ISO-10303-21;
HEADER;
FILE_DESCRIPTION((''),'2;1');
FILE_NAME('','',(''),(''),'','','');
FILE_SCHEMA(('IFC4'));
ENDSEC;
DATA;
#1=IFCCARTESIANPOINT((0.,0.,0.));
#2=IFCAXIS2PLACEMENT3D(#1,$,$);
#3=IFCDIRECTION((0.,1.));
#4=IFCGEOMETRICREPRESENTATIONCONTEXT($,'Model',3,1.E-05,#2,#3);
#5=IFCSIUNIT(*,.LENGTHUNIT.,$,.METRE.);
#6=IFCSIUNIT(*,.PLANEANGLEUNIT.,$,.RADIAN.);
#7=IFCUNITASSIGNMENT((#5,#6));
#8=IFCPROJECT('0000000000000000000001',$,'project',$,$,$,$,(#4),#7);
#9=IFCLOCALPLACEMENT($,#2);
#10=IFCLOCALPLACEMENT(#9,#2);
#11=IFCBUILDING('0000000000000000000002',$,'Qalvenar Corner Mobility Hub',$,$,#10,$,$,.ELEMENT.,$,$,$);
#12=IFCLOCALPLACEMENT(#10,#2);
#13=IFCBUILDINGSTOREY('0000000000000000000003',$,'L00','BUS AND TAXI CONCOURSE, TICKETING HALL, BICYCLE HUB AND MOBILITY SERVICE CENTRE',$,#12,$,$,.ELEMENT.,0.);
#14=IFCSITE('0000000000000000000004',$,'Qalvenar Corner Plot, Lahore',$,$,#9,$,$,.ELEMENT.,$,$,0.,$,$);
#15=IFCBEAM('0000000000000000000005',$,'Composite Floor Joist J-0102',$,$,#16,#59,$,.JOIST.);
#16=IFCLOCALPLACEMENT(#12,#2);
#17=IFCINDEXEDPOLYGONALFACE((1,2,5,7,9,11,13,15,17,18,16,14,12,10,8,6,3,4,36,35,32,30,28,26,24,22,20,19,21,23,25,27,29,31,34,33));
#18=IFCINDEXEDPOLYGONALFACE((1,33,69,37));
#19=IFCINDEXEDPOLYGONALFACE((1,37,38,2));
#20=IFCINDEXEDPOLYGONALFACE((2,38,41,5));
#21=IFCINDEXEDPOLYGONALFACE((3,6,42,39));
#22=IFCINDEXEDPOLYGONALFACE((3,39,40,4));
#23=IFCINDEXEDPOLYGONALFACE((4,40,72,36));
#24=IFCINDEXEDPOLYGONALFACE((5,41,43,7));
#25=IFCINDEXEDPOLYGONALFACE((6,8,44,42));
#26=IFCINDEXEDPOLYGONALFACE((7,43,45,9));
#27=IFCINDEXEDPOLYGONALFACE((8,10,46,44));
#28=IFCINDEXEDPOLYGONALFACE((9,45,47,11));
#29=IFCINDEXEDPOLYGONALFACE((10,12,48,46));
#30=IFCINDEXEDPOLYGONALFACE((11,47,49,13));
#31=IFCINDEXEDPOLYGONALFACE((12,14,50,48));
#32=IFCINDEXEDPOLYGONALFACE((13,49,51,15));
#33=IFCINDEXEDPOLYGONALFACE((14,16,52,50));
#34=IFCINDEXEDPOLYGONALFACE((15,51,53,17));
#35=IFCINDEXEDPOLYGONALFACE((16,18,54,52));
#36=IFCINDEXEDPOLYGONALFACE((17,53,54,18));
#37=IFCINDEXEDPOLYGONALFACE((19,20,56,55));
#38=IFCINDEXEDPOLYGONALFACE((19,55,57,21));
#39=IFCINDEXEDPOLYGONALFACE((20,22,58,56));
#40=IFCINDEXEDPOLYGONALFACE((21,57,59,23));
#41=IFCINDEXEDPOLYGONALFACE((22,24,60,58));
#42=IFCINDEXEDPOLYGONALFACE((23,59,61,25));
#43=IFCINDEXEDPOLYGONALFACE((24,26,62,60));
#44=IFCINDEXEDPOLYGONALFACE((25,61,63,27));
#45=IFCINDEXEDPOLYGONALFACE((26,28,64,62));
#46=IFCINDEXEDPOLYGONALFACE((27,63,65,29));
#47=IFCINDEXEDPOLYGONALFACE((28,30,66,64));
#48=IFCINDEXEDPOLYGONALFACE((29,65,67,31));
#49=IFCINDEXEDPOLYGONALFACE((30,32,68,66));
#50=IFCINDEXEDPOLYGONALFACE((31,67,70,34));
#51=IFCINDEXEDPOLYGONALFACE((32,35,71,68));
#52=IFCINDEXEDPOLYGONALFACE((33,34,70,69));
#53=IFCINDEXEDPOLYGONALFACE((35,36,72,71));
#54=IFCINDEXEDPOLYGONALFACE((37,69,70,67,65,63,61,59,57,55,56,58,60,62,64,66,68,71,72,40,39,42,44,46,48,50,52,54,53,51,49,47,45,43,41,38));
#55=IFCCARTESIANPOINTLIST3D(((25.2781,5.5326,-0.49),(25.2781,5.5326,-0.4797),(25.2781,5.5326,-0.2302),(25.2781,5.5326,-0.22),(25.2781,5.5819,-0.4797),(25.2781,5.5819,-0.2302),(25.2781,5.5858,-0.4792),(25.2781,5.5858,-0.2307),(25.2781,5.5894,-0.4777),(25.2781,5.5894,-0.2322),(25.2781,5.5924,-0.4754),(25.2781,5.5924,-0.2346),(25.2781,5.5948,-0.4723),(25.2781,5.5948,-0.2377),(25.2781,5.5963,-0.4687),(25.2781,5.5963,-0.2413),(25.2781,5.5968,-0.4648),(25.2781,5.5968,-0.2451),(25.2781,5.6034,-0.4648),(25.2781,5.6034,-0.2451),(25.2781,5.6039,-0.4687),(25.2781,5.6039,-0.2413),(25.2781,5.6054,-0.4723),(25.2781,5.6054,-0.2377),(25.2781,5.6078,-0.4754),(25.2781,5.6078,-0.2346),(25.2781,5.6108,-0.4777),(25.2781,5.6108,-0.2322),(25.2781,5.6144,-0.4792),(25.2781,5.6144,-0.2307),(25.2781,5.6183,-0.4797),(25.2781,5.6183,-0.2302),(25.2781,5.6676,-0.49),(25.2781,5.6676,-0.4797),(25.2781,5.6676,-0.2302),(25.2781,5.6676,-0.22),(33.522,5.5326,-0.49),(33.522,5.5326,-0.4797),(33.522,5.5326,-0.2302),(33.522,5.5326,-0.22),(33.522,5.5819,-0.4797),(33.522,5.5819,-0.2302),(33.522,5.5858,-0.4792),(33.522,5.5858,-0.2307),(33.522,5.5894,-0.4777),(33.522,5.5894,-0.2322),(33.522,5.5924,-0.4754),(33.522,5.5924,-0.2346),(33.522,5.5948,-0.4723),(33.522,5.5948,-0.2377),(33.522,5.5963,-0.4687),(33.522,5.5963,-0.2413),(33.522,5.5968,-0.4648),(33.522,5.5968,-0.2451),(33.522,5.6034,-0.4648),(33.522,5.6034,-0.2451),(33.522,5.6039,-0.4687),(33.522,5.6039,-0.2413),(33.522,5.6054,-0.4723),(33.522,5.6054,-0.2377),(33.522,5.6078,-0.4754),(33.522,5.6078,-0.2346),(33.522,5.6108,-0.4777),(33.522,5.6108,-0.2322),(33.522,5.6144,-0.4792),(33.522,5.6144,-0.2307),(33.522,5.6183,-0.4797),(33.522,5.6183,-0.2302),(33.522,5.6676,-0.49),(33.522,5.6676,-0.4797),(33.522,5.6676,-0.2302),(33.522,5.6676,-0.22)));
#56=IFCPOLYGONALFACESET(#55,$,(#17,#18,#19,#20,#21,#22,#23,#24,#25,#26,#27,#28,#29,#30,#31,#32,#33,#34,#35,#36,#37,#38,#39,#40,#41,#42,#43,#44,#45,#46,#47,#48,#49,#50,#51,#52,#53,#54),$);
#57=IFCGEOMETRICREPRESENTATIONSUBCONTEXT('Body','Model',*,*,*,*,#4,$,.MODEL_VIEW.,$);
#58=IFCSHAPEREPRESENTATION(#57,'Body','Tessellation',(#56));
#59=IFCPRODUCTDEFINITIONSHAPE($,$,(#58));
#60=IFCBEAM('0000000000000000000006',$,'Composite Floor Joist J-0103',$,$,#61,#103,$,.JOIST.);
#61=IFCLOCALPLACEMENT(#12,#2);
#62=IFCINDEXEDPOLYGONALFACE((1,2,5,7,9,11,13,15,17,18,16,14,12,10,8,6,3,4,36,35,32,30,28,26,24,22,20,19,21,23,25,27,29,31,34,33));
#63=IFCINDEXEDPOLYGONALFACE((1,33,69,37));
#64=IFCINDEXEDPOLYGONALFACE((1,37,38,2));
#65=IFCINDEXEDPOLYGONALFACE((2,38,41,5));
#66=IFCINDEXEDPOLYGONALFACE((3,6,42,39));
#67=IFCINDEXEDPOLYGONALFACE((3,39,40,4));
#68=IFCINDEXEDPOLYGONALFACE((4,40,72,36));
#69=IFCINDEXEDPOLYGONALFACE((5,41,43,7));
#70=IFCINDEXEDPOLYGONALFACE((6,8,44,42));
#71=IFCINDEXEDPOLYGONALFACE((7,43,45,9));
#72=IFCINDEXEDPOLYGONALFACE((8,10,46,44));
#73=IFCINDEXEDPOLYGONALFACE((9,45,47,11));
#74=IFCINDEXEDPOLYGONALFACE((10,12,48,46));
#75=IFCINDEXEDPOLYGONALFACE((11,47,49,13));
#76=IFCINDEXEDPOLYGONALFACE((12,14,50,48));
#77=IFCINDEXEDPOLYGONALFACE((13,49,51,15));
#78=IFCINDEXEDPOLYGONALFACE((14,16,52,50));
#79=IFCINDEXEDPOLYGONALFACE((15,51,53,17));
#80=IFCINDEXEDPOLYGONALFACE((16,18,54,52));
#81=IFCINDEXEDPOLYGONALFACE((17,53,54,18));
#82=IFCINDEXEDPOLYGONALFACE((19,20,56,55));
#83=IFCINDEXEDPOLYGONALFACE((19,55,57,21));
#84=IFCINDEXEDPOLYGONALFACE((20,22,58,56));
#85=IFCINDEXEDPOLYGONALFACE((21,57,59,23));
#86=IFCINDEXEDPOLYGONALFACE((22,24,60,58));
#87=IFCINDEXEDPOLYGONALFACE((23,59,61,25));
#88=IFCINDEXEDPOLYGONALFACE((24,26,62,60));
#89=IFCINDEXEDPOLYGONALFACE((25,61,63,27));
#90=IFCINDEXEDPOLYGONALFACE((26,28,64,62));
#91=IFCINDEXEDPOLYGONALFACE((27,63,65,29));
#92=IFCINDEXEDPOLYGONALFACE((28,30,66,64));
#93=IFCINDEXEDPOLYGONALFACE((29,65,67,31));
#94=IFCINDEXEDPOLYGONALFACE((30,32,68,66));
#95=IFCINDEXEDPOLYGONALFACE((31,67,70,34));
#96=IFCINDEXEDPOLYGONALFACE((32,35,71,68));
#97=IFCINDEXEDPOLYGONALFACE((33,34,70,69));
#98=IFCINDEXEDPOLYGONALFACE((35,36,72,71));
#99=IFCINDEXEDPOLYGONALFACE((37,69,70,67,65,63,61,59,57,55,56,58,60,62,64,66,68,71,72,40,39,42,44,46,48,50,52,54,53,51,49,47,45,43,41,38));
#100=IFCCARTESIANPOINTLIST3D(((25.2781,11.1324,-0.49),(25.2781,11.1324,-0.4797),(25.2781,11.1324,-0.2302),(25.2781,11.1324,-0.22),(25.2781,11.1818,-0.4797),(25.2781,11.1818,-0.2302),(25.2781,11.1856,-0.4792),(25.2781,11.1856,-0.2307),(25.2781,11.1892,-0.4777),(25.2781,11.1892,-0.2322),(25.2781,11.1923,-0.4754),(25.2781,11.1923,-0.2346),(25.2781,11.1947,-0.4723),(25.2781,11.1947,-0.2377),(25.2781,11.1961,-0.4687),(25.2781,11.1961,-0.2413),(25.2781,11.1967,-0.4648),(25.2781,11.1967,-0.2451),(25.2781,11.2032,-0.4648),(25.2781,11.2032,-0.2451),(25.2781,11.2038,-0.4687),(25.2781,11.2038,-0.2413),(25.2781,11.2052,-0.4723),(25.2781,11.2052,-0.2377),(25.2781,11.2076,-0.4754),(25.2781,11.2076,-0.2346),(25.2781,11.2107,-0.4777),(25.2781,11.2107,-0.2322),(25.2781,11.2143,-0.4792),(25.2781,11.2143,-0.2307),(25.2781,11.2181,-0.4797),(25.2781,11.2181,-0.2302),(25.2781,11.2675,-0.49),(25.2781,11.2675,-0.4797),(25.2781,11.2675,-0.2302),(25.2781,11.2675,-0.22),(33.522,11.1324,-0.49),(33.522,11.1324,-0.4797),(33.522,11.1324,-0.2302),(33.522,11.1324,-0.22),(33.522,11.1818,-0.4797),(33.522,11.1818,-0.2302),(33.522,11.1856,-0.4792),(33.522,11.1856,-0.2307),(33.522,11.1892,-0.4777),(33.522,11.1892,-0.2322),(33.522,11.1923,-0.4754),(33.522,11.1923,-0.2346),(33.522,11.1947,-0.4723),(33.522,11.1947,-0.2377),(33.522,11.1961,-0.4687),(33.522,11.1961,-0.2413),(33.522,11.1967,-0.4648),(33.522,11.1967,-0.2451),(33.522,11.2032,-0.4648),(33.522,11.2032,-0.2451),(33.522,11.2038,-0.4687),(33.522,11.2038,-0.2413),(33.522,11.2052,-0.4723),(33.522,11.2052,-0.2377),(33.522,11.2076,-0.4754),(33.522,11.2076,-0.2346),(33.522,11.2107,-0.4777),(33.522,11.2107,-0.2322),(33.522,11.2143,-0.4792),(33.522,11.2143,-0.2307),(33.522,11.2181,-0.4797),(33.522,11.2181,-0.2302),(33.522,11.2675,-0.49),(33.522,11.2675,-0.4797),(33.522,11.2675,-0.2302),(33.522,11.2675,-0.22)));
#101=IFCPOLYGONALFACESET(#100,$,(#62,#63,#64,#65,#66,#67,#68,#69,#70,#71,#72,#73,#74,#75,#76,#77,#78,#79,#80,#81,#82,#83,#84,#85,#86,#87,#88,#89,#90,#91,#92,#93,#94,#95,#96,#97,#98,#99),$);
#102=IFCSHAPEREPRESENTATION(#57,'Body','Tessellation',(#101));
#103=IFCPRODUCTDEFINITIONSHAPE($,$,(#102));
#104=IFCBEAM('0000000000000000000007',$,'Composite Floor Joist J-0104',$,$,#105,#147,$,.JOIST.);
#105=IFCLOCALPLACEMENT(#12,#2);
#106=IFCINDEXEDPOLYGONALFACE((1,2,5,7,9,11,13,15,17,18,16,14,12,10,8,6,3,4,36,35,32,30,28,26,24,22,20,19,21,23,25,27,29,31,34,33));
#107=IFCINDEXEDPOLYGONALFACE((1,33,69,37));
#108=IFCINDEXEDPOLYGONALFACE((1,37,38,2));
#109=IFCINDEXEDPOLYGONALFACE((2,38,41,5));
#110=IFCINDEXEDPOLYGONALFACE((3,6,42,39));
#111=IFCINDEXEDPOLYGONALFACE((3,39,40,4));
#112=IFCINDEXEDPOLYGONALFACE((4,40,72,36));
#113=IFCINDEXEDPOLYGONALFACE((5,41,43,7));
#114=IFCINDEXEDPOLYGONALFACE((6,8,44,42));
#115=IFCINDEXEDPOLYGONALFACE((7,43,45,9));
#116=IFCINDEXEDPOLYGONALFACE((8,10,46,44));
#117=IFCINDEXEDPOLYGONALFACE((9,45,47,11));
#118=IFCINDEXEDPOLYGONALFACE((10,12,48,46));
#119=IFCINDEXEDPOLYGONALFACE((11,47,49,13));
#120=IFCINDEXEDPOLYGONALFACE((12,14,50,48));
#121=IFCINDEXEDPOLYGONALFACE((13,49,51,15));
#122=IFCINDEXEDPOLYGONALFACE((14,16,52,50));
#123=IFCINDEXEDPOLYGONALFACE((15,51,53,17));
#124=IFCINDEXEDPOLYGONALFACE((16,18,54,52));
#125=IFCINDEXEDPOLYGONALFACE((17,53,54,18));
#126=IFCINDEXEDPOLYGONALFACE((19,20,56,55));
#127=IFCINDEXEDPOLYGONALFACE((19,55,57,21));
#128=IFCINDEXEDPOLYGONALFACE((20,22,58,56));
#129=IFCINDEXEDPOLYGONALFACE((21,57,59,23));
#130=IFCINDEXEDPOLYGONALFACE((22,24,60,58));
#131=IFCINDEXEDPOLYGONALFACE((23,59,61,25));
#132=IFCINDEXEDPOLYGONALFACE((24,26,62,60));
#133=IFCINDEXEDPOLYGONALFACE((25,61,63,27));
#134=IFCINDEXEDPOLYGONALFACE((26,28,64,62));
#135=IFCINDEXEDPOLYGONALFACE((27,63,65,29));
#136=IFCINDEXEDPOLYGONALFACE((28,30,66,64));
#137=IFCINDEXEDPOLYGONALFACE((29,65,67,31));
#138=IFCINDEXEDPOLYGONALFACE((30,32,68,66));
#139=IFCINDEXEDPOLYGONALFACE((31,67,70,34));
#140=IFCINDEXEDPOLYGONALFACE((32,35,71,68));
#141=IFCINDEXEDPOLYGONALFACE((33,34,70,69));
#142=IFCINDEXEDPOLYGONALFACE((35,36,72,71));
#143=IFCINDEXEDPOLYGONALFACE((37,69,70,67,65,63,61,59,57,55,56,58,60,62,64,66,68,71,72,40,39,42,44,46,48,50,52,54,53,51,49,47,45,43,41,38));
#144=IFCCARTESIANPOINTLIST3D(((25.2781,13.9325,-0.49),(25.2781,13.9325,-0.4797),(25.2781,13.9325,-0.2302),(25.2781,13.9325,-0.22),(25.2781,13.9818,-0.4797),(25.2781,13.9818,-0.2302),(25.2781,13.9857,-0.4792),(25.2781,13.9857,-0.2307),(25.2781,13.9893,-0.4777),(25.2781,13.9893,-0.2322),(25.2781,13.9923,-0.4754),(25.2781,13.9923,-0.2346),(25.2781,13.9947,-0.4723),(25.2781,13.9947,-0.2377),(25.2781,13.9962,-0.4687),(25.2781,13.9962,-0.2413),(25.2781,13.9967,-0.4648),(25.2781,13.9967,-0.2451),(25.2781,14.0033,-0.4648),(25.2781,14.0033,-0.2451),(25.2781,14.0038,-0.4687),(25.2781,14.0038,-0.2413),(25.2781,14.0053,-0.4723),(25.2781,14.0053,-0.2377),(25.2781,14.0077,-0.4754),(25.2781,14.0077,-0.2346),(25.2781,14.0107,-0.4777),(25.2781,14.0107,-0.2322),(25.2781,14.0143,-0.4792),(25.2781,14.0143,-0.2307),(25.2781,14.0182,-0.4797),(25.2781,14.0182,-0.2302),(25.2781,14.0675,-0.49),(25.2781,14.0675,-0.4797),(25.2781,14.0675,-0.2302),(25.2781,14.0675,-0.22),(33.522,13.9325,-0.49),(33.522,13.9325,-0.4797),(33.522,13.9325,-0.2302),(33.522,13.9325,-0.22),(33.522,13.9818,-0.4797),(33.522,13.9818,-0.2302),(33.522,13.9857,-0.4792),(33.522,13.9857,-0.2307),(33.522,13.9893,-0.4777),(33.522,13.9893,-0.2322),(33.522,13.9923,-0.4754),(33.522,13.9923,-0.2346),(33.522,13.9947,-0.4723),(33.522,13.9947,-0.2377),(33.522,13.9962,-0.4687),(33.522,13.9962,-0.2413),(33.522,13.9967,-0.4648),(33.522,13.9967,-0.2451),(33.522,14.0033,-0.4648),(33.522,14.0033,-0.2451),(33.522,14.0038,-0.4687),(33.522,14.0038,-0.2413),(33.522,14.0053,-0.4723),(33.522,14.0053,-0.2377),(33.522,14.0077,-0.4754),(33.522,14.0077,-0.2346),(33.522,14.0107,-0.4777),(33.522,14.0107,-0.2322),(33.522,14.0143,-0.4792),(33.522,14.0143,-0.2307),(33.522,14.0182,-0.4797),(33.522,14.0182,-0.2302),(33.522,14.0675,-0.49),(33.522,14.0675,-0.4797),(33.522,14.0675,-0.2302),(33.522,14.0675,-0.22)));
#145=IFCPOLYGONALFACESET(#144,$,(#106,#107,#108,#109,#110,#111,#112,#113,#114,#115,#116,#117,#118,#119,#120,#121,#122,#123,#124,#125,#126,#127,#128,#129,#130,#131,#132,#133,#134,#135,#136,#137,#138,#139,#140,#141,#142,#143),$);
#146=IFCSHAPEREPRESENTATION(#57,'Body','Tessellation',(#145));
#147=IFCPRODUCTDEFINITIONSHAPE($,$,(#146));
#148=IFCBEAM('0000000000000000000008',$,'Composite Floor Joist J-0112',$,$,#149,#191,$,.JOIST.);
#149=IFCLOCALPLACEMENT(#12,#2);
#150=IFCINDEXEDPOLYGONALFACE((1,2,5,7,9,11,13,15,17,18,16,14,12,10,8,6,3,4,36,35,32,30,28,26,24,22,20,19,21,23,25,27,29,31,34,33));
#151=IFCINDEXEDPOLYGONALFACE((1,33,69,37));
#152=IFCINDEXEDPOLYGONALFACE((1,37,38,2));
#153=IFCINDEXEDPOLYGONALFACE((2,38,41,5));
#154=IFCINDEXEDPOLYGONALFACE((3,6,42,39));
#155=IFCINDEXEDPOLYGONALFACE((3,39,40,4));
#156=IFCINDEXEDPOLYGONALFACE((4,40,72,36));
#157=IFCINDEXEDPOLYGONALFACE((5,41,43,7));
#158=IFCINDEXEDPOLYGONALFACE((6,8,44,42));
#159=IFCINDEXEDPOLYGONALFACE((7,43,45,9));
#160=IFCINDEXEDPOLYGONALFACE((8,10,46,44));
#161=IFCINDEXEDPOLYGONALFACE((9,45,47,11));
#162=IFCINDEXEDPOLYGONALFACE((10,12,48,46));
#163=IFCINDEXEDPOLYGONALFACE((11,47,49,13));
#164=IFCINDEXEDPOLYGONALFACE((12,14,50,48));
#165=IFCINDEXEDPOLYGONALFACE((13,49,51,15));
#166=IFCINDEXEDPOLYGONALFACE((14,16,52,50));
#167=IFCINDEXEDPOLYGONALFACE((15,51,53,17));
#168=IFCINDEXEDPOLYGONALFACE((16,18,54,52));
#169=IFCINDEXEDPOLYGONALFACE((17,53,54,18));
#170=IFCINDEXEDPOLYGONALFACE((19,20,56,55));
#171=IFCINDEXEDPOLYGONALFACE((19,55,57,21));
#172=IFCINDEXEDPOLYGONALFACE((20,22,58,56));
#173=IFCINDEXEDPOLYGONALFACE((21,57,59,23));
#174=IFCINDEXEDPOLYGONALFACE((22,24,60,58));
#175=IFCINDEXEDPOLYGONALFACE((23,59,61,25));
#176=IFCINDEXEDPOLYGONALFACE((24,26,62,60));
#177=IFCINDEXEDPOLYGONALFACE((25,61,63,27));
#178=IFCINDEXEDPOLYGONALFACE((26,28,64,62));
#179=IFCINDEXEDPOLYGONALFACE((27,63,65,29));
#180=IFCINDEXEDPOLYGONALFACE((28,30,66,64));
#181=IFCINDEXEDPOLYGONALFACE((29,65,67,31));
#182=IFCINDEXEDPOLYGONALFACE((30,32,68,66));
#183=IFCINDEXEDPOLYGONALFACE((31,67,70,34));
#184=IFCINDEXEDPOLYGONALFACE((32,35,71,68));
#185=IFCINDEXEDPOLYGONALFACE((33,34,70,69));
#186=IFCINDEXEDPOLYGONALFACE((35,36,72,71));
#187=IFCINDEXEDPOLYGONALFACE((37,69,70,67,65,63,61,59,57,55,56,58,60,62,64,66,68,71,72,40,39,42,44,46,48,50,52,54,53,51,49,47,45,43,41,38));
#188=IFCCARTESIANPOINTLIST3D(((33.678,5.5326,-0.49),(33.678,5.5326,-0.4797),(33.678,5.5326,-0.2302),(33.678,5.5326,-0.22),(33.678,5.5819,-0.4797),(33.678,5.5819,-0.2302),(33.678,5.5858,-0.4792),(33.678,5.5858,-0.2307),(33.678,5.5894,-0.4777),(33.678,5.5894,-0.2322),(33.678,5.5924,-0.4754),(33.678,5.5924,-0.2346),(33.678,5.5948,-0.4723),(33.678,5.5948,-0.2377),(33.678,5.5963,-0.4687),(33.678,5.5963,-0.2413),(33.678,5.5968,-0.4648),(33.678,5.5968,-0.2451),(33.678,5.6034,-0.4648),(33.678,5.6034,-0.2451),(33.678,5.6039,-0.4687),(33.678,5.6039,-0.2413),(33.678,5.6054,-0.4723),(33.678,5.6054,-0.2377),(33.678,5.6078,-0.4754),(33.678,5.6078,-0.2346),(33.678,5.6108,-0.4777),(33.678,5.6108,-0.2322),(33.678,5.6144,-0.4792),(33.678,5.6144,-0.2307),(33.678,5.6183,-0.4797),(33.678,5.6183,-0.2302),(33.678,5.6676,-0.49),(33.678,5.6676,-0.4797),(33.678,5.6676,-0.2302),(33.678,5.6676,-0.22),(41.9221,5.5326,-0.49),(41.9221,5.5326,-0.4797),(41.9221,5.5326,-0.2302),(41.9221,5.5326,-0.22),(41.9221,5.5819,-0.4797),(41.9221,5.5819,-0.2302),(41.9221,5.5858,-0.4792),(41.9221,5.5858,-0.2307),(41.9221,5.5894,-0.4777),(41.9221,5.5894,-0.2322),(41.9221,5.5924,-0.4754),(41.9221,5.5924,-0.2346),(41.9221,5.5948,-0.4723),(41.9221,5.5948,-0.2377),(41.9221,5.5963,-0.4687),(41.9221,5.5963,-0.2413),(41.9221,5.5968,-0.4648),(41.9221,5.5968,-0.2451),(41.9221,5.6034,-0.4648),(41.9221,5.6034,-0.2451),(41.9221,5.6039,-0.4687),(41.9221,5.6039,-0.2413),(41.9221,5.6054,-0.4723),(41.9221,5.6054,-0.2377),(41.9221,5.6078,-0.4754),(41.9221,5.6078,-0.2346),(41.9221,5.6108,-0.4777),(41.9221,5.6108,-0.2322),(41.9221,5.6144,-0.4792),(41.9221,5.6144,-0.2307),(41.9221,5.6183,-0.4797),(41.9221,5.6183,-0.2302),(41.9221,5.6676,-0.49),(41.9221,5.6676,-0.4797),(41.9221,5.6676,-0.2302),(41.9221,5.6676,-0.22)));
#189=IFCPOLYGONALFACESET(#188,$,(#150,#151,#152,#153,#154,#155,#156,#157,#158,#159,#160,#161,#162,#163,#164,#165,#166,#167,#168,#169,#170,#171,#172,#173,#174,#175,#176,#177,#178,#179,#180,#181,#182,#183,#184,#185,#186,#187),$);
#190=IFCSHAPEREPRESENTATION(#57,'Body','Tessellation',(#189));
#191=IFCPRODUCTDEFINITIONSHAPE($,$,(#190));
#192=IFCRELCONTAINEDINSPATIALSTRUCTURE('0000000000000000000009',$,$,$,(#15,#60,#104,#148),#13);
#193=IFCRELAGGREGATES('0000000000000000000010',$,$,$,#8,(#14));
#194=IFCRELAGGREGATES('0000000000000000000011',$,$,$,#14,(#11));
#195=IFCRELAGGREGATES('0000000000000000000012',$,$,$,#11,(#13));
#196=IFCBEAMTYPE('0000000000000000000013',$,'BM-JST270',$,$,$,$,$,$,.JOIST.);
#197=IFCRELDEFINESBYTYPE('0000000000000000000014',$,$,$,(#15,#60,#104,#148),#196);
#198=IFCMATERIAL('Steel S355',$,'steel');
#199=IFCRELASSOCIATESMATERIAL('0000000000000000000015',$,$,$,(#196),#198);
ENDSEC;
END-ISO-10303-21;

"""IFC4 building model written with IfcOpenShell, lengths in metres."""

from ifc_helpers import new_model, si_unit, direction, frame, origin, origin_2d, place, context, subcontext, project, spatial, i_section, extrude, material, material_profile, profile_set, type_object, element, save


model = new_model("IFC4")

# Units and contexts
model_context = context("Model", 3, precision=1e-05, world=origin(), true_north=direction((0.0, 1.0)))
body_context = subcontext(model_context, "Body", "Model", "MODEL_VIEW")
ifc_project = project(units=[si_unit("LENGTHUNIT", "METRE"), si_unit("PLANEANGLEUNIT", "RADIAN")], contexts=[model_context])

# Site, building, storey
site_placement = place(None, origin())
site = spatial("IfcSite", under=ifc_project, at=site_placement, Name="Qalvenar Corner Plot, Lahore", CompositionType="ELEMENT", RefElevation=0.0)
building_placement = place(site_placement, origin())
building = spatial("IfcBuilding", under=site, at=building_placement, Name="Qalvenar Corner Mobility Hub", CompositionType="ELEMENT")
storey_placement = place(building_placement, origin())
storey = spatial("IfcBuildingStorey", under=building, at=storey_placement, Name="L00", Description="BUS AND TAXI CONCOURSE, TICKETING HALL, BICYCLE HUB AND MOBILITY SERVICE CENTRE", CompositionType="ELEMENT", Elevation=0.0)

# Shared definitions
ifc_material_1 = material(Name="Steel S355", Category="steel")

# Beams
ifc_material_profile_1 = material_profile(ifc_material_1, i_section(OverallWidth=0.135, OverallDepth=0.27, WebThickness=0.0066, FlangeThickness=0.0103, FilletRadius=0.0149, at=origin_2d()), Name="IPE270")
ifc_profile_set_1 = profile_set([ifc_material_profile_1], Name="Steel S355")
beam_type_1 = type_object("IfcBeamType", Name="BM-JST270", PredefinedType="JOIST", material=ifc_profile_set_1)
for number, where, z_axis, x_axis, name in (
    (1, (25.2781, 5.6001, -0.355), (1.0, 0.0, 0.0), (0.0, 1.0, 0.0), "Composite Floor Joist J-0102"),
    (2, (25.2781, 11.2, -0.355), (1.0, 0.0, 0.0), (0.0, 1.0, 0.0), "Composite Floor Joist J-0103"),
    (3, (25.2781, 14.0, -0.355), (1.0, 0.0, 0.0), (0.0, 1.0, 0.0), "Composite Floor Joist J-0104"),
):
    element("IfcBeam", number, at=place(storey_placement, frame(where, z_axis=z_axis, x_axis=x_axis)), inside=storey, type_object=beam_type_1, Name=name, PredefinedType="JOIST", context=body_context, shape_type="SweptSolid", body=[
        extrude(i_section(OverallWidth=0.135, OverallDepth=0.27, WebThickness=0.0066, FlangeThickness=0.0103, FilletRadius=0.0149, at=origin_2d()), origin(), (0.0, 0.0, 1.0), 8.2439),
    ])
beam_1_placement = place(storey_placement, frame((33.678, 5.6001, -0.355), z_axis=(1.0, 0.0, 0.0), x_axis=(0.0, 1.0, 0.0)))
element("IfcBeam", 4, at=beam_1_placement, inside=storey, type_object=beam_type_1, Name="Composite Floor Joist J-0112", PredefinedType="JOIST", context=body_context, shape_type="SweptSolid", body=[
    extrude(i_section(OverallWidth=0.135, OverallDepth=0.27, WebThickness=0.0066, FlangeThickness=0.0103, FilletRadius=0.0149, at=origin_2d()), origin(), (0.0, 0.0, 1.0), 8.2441),
])

save(model, "model.ifc")
